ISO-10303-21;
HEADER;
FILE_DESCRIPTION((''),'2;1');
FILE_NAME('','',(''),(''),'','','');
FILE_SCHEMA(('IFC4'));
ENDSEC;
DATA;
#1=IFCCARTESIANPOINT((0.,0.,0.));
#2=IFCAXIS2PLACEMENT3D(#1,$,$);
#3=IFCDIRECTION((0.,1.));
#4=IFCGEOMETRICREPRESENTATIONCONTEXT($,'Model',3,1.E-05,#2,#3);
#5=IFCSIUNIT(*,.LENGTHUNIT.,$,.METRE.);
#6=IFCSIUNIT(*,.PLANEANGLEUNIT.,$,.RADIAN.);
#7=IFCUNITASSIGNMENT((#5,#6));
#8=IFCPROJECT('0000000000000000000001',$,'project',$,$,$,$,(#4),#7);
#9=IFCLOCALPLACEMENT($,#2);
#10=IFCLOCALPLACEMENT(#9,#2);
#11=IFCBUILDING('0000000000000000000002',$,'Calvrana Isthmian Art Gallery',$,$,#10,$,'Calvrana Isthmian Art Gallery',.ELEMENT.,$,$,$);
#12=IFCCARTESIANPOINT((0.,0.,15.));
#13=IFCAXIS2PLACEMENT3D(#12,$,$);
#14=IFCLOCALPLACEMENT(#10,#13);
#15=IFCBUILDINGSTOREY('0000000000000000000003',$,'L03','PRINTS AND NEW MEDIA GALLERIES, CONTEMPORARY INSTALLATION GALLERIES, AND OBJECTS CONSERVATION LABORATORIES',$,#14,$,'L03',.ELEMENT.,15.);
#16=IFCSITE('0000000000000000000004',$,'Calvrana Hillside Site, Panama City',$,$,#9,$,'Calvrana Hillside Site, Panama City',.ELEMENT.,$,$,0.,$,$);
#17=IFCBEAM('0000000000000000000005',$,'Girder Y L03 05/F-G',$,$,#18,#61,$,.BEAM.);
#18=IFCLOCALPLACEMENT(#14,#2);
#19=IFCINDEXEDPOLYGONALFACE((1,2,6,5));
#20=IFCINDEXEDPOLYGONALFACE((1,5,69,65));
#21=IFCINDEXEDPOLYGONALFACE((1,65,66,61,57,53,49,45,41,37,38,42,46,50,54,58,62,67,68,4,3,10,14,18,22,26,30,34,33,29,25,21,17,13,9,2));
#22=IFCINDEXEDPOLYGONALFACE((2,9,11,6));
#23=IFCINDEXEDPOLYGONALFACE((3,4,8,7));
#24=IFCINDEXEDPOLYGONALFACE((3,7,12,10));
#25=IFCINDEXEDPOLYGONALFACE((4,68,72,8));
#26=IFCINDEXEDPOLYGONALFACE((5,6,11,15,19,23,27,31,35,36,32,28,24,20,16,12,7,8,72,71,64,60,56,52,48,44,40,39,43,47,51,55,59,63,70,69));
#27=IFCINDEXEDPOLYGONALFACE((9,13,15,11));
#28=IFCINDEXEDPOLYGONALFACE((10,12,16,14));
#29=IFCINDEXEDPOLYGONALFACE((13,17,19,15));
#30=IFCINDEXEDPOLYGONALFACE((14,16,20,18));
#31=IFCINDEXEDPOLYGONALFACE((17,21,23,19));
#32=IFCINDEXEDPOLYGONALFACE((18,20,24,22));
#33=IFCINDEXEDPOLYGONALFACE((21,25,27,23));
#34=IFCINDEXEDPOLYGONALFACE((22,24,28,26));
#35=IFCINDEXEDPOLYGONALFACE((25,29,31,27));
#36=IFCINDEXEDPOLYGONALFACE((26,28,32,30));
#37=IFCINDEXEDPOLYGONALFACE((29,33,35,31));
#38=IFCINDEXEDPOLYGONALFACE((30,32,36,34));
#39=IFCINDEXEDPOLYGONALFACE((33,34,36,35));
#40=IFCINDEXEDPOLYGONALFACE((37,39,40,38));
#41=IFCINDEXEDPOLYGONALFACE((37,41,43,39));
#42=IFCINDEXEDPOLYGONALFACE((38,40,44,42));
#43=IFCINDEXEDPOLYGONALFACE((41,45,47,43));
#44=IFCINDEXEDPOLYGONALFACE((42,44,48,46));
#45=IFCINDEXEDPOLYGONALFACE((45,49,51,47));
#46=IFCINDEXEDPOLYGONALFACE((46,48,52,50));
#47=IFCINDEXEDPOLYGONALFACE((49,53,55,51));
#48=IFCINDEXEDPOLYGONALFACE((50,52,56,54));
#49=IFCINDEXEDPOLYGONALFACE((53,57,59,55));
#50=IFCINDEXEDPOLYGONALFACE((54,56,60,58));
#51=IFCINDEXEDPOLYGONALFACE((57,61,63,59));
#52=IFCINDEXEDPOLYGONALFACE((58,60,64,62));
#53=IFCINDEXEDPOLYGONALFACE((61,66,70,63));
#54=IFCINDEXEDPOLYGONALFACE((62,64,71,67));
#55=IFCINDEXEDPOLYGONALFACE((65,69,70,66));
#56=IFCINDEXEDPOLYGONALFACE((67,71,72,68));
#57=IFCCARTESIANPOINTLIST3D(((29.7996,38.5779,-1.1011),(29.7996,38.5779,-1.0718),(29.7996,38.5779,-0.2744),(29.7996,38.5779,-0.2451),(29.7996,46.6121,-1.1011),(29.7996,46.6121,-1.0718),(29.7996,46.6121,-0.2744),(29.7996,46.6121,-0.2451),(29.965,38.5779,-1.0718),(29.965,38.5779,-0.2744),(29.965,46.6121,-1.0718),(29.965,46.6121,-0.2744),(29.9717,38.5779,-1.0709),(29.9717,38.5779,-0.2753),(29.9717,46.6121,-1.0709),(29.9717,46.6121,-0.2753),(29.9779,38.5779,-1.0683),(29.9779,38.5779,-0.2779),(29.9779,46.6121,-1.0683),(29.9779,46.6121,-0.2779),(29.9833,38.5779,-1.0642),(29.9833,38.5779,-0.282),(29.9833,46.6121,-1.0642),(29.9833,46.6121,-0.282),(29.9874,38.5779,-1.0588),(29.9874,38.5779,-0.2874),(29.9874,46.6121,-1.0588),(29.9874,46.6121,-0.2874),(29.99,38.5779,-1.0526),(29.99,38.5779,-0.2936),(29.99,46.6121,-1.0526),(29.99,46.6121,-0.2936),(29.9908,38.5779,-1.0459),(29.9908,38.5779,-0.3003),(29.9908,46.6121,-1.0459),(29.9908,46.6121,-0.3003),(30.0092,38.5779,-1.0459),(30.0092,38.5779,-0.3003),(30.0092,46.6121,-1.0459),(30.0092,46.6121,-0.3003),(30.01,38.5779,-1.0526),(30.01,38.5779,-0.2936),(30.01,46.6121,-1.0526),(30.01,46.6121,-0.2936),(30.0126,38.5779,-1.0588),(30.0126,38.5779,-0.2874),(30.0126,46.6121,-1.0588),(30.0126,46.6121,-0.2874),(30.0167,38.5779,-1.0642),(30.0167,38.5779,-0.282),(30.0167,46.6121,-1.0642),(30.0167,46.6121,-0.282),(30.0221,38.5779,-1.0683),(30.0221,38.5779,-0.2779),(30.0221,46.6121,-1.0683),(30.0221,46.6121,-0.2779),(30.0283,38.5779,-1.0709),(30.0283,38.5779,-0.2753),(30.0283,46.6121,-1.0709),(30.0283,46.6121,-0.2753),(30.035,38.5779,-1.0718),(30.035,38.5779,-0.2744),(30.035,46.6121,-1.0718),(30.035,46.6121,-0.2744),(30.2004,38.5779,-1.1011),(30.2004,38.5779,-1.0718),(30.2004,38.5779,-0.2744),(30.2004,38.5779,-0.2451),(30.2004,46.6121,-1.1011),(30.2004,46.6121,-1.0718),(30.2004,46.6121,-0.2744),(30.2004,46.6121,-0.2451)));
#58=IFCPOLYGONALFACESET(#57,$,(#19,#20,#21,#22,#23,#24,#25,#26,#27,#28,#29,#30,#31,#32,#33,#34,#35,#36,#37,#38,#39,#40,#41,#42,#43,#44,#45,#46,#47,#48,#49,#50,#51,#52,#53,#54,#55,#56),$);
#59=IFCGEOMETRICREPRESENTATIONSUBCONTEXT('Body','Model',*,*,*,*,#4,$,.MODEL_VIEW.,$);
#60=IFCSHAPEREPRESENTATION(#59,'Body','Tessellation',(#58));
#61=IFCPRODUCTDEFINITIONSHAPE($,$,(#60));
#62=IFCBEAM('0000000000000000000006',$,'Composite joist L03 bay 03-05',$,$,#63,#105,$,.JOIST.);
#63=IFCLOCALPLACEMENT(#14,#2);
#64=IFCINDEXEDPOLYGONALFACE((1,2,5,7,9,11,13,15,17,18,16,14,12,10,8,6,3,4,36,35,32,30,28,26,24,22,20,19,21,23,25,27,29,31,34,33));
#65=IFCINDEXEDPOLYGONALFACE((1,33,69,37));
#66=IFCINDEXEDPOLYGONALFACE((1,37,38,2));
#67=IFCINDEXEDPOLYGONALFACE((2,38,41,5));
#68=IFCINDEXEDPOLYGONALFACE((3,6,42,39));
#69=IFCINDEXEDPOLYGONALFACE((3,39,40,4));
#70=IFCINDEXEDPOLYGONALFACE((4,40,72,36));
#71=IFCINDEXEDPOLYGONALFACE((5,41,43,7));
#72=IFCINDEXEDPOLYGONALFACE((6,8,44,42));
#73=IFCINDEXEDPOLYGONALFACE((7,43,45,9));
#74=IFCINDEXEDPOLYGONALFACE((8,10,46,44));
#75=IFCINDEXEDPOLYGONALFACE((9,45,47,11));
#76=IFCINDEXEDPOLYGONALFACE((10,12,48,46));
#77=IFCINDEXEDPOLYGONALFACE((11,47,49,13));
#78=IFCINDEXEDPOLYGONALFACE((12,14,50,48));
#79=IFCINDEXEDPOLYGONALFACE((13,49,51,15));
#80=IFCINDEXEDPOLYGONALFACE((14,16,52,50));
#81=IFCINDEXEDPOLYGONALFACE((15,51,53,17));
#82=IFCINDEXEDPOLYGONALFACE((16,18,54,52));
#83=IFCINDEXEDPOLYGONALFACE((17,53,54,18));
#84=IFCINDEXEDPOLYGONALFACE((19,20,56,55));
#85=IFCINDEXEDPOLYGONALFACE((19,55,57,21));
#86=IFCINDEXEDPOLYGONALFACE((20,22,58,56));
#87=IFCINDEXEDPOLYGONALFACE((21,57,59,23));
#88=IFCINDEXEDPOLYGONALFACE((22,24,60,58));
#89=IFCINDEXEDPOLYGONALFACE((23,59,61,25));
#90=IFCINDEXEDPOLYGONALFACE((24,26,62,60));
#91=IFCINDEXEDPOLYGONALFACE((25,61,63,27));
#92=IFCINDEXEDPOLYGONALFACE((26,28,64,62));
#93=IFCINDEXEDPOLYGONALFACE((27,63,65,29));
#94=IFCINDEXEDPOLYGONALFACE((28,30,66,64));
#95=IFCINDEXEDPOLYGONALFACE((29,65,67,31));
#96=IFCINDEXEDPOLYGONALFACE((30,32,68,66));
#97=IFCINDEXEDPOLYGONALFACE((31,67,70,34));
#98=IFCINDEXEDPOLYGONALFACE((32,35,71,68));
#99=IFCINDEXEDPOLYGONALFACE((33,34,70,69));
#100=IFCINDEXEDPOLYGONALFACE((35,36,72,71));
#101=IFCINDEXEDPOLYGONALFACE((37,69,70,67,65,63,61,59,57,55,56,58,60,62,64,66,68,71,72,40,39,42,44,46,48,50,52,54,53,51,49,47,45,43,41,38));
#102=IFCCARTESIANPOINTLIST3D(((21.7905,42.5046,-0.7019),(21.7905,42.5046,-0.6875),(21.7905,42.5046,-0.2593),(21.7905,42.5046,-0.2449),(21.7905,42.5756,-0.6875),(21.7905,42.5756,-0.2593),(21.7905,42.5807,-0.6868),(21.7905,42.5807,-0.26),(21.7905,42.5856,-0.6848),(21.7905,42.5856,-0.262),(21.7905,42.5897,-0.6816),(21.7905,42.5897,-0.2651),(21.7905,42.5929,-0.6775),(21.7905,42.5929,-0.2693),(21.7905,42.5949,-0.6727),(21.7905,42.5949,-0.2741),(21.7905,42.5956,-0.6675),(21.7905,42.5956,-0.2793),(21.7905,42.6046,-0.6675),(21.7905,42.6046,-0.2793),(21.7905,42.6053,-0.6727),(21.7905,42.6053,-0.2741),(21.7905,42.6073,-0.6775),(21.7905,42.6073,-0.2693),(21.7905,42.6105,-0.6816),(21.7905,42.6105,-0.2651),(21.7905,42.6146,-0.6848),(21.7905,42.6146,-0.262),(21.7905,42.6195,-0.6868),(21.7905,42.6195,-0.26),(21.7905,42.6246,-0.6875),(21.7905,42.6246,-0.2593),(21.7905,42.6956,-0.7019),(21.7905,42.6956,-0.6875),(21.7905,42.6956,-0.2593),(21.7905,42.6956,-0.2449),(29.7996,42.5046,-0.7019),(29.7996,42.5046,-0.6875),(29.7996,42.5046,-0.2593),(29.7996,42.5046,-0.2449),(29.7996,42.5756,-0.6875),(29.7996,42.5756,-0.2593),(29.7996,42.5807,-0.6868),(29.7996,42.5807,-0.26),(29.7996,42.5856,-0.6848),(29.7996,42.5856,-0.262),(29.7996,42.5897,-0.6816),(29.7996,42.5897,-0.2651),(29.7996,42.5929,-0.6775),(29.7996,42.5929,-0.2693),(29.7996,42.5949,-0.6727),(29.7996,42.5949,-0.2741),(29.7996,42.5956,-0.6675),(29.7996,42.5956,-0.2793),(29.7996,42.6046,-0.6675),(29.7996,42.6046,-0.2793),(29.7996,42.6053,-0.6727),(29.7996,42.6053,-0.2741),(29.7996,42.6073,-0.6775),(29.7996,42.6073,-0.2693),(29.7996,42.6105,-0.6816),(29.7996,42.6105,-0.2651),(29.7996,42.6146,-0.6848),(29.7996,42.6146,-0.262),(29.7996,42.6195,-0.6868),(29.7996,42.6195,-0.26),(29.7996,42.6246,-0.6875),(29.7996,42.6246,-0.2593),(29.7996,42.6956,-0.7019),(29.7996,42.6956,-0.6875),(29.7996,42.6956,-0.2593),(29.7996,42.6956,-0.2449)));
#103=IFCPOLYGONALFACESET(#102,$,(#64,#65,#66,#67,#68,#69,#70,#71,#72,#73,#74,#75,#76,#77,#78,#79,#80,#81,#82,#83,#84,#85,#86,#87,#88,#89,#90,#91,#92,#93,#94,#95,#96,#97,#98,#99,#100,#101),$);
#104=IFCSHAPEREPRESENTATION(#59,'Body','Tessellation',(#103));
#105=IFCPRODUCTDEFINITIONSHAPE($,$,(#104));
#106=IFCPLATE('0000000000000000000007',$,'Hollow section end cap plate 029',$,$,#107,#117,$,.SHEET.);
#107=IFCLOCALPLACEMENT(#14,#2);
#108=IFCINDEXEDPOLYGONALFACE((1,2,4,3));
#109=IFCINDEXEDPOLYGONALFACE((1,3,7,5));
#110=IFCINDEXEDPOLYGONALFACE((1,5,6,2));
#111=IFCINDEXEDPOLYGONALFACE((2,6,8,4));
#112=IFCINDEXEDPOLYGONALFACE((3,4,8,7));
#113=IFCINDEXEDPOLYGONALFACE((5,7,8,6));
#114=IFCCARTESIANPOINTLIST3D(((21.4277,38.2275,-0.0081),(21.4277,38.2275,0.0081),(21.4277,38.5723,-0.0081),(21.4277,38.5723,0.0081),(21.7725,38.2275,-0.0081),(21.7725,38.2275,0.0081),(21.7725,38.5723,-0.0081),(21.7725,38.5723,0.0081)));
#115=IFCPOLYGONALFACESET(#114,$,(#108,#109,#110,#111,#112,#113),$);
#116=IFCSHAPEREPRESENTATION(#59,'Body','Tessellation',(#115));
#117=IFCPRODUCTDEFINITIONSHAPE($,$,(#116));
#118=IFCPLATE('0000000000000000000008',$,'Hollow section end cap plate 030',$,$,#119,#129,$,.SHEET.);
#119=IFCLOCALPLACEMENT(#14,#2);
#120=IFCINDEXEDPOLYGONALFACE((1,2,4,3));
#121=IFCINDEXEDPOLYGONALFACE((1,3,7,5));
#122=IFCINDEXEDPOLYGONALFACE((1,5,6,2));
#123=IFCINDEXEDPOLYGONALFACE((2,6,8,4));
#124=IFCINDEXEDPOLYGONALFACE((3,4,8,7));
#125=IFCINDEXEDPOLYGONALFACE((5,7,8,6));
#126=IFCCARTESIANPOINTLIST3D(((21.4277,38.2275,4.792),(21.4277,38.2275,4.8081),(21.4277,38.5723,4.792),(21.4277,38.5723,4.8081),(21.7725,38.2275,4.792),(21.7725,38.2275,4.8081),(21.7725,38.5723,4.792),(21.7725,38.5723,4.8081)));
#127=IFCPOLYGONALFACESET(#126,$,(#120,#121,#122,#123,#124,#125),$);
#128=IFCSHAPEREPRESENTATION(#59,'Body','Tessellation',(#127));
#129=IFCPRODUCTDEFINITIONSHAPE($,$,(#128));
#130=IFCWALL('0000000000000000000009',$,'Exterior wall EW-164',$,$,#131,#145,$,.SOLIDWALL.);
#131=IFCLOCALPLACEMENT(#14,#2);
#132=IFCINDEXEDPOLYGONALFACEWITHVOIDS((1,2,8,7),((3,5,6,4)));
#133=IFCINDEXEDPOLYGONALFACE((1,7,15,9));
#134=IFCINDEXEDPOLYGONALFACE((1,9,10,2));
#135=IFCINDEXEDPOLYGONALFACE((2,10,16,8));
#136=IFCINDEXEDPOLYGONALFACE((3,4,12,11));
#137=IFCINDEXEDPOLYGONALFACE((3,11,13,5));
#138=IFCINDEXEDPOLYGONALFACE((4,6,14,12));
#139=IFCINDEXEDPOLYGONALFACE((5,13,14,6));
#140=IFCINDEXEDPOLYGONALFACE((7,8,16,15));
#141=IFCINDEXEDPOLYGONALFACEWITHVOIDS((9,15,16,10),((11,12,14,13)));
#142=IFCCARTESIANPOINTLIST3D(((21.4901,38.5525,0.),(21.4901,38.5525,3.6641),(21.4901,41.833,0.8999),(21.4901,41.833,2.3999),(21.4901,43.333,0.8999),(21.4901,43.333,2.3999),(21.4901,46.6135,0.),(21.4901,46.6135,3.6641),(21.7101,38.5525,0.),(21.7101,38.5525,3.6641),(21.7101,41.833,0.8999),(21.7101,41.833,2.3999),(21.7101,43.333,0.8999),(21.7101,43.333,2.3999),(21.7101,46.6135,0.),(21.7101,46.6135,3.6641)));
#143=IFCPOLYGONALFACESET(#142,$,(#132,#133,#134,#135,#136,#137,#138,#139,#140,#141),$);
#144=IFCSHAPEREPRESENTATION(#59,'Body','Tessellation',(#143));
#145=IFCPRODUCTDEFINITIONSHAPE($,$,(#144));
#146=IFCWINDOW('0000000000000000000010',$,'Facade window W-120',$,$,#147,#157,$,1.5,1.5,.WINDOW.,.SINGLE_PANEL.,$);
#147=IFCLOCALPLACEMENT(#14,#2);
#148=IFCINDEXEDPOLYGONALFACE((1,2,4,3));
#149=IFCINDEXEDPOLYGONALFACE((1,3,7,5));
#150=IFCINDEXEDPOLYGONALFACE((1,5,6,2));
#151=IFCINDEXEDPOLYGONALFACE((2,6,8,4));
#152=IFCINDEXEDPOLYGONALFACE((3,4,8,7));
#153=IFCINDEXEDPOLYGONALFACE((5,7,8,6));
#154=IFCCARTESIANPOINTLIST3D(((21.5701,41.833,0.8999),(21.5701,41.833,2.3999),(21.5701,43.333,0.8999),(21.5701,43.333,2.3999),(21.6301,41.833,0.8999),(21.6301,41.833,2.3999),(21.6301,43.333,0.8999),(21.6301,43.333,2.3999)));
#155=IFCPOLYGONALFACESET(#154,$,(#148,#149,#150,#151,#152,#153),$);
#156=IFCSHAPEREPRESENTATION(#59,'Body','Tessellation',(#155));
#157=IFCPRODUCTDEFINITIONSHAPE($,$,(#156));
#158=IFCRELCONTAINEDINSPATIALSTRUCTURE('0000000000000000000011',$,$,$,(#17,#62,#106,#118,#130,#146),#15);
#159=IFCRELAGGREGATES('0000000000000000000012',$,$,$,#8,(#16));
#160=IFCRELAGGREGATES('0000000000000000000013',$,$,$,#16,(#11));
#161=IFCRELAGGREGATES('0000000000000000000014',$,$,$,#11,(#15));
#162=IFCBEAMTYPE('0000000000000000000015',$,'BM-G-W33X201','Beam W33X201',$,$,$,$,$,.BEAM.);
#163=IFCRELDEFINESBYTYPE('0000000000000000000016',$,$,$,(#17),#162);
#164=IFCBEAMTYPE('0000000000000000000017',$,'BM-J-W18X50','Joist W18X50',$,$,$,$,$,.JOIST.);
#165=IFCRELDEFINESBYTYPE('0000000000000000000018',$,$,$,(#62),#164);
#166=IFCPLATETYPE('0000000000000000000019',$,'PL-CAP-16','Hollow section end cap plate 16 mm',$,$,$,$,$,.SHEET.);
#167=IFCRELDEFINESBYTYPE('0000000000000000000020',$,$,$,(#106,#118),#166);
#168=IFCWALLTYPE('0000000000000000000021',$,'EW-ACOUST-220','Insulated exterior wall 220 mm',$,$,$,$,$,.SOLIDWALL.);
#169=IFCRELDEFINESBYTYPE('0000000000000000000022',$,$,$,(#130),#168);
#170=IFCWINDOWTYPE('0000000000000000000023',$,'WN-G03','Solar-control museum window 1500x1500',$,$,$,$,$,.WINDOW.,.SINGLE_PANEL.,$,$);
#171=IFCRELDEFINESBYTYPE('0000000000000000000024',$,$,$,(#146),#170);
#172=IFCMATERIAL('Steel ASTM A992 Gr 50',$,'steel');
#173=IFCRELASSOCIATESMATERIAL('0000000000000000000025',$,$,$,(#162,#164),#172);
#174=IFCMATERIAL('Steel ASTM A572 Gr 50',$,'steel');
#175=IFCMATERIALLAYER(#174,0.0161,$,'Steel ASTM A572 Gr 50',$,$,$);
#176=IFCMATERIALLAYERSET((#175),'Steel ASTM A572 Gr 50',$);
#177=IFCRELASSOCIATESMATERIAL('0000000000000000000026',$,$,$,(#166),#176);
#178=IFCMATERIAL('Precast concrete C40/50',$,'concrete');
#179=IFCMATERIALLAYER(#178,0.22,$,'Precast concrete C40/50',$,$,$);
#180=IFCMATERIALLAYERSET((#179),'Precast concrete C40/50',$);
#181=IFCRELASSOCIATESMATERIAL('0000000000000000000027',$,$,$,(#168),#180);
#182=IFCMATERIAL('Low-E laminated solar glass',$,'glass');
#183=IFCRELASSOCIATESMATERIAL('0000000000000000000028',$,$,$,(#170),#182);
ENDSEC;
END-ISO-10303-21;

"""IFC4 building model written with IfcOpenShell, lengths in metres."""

from ifc_helpers import new_model, si_unit, direction, frame, frame_2d, origin, origin_2d, place, context, subcontext, project, spatial, rectangle, i_section, extrude, material, layer, layer_set, material_profile, profile_set, type_object, element, fill, save


model = new_model("IFC4")

# Units and contexts
model_context = context("Model", 3, precision=1e-05, world=origin(), true_north=direction((0.0, 1.0)))
body_context = subcontext(model_context, "Body", "Model", "MODEL_VIEW")
ifc_project = project(units=[si_unit("LENGTHUNIT", "METRE"), si_unit("PLANEANGLEUNIT", "RADIAN")], contexts=[model_context])

# Site, building, storey
site_placement = place(None, origin())
site = spatial("IfcSite", under=ifc_project, at=site_placement, Name="Calvrana Hillside Site, Panama City", LongName="Calvrana Hillside Site, Panama City", CompositionType="ELEMENT", RefElevation=0.0)
building_placement = place(site_placement, origin())
building = spatial("IfcBuilding", under=site, at=building_placement, Name="Calvrana Isthmian Art Gallery", LongName="Calvrana Isthmian Art Gallery", CompositionType="ELEMENT")
storey_placement = place(building_placement, frame((0.0, 0.0, 15.0)))
storey = spatial("IfcBuildingStorey", under=building, at=storey_placement, Name="L03", Description="PRINTS AND NEW MEDIA GALLERIES, CONTEMPORARY INSTALLATION GALLERIES, AND OBJECTS CONSERVATION LABORATORIES", LongName="L03", CompositionType="ELEMENT", Elevation=15.0)

# Shared definitions
ifc_material_1 = material(Name="Steel ASTM A992 Gr 50", Category="steel")

# Beams
ifc_material_profile_1 = material_profile(ifc_material_1, i_section(OverallWidth=0.4009, OverallDepth=0.856, WebThickness=0.0183, FlangeThickness=0.0293, FilletRadius=0.0259, at=origin_2d()), Name="W33X201")
ifc_profile_set_1 = profile_set([ifc_material_profile_1], Name="Steel ASTM A992 Gr 50")
beam_type_1 = type_object("IfcBeamType", Name="BM-G-W33X201", Description="Beam W33X201", PredefinedType="BEAM", material=ifc_profile_set_1)
beam_1_placement = place(storey_placement, frame((30.0, 38.5779, -0.6731), z_axis=(0.0, 1.0, 0.0), x_axis=(-1.0, 0.0, 0.0)))
element("IfcBeam", 1, at=beam_1_placement, inside=storey, type_object=beam_type_1, Name="Girder Y L03 05/F-G", PredefinedType="BEAM", context=body_context, shape_type="SweptSolid", body=[
    extrude(i_section(OverallWidth=0.4009, OverallDepth=0.856, WebThickness=0.0183, FlangeThickness=0.0293, FilletRadius=0.0259, at=origin_2d()), origin(), (0.0, 0.0, 1.0), 8.0342),
])
ifc_material_profile_2 = material_profile(ifc_material_1, i_section(OverallWidth=0.1909, OverallDepth=0.457, WebThickness=0.009, FlangeThickness=0.0144, FilletRadius=0.02, at=origin_2d()), Name="W18X50")
ifc_profile_set_2 = profile_set([ifc_material_profile_2], Name="Steel ASTM A992 Gr 50")
beam_type_2 = type_object("IfcBeamType", Name="BM-J-W18X50", Description="Joist W18X50", PredefinedType="JOIST", material=ifc_profile_set_2)
beam_2_placement = place(storey_placement, frame((21.7905, 42.6001, -0.4734), z_axis=(1.0, 0.0, 0.0), x_axis=(0.0, 1.0, 0.0)))
element("IfcBeam", 2, at=beam_2_placement, inside=storey, type_object=beam_type_2, Name="Composite joist L03 bay 03-05", PredefinedType="JOIST", context=body_context, shape_type="SweptSolid", body=[
    extrude(i_section(OverallWidth=0.1909, OverallDepth=0.457, WebThickness=0.009, FlangeThickness=0.0144, FilletRadius=0.02, at=origin_2d()), origin(), (0.0, 0.0, 1.0), 8.009),
])

# Plates
ifc_material_2 = material(Name="Steel ASTM A572 Gr 50", Category="steel")
ifc_layer_1 = layer(ifc_material_2, 0.0161, Name="Steel ASTM A572 Gr 50")
ifc_layer_set_1 = layer_set([ifc_layer_1], Name="Steel ASTM A572 Gr 50")
plate_type = type_object("IfcPlateType", Name="PL-CAP-16", Description="Hollow section end cap plate 16 mm", PredefinedType="SHEET", material=ifc_layer_set_1)
for number, where, z_axis, x_axis, name in (
    (3, (21.6001, 38.3999, -0.0081), (0.0, 0.0, 1.0), (1.0, 0.0, 0.0), "Hollow section end cap plate 029"),
    (4, (21.6001, 38.3999, 4.792), (0.0, 0.0, 1.0), (1.0, 0.0, 0.0), "Hollow section end cap plate 030"),
):
    element("IfcPlate", number, at=place(storey_placement, frame(where, z_axis=z_axis, x_axis=x_axis)), inside=storey, type_object=plate_type, Name=name, PredefinedType="SHEET", context=body_context, shape_type="SweptSolid", body=[
        extrude(rectangle(XDim=0.3447, YDim=0.3447, at=origin_2d()), origin(), (0.0, 0.0, 1.0), 0.0161),
    ])

# Wall, opening, window
ifc_material_3 = material(Name="Precast concrete C40/50", Category="concrete")
ifc_layer_2 = layer(ifc_material_3, 0.22, Name="Precast concrete C40/50")
ifc_layer_set_2 = layer_set([ifc_layer_2], Name="Precast concrete C40/50")
wall_type_1 = type_object("IfcWallType", Name="EW-ACOUST-220", Description="Insulated exterior wall 220 mm", PredefinedType="SOLIDWALL", material=ifc_layer_set_2)
wall_1_placement = place(storey_placement, frame((21.6001, 38.5525, 0.0), z_axis=(0.0, 0.0, 1.0), x_axis=(0.0, 1.0, 0.0)))
wall_1 = element("IfcWall", 5, at=wall_1_placement, inside=storey, type_object=wall_type_1, Name="Exterior wall EW-164", PredefinedType="SOLIDWALL", context=body_context, shape_type="SweptSolid", body=[
    extrude(rectangle(XDim=8.061, YDim=0.22, at=frame_2d((4.0305, 0.0))), origin(), (0.0, 0.0, 1.0), 3.6641),
])
opening_1_placement = place(wall_1_placement, frame((3.2805, 0.0, 0.8999)))
opening_1 = element("IfcOpeningElement", 6, at=opening_1_placement, cuts=wall_1, PredefinedType="OPENING", context=body_context, shape_type="SweptSolid", body=[
    extrude(rectangle(XDim=1.5, YDim=1.5, at=frame_2d((0.75, 0.75))), frame((0.0, 0.1201, 0.0), z_axis=(0.0, -1.0, 0.0), x_axis=(1.0, 0.0, 0.0)), (0.0, 0.0, 1.0), 0.2405),
])
ifc_material_4 = material(Name="Low-E laminated solar glass", Category="glass")
window_type_1 = type_object("IfcWindowType", Name="WN-G03", Description="Solar-control museum window 1500x1500", PartitioningType="SINGLE_PANEL", PredefinedType="WINDOW", material=ifc_material_4)
window_1_placement = place(opening_1_placement, origin())
window_1 = element("IfcWindow", 7, at=window_1_placement, inside=storey, type_object=window_type_1, Name="Facade window W-120", OverallHeight=1.5, OverallWidth=1.5, PartitioningType="SINGLE_PANEL", PredefinedType="WINDOW", context=body_context, shape_type="SweptSolid", body=[
    extrude(rectangle(XDim=1.5, YDim=1.5, at=frame_2d((0.75, 0.75))), frame((0.0, 0.03, 0.0), z_axis=(0.0, -1.0, 0.0), x_axis=(1.0, 0.0, 0.0)), (0.0, 0.0, 1.0), 0.0601),
])
fill(opening_1, window_1)

save(model, "model.ifc")
